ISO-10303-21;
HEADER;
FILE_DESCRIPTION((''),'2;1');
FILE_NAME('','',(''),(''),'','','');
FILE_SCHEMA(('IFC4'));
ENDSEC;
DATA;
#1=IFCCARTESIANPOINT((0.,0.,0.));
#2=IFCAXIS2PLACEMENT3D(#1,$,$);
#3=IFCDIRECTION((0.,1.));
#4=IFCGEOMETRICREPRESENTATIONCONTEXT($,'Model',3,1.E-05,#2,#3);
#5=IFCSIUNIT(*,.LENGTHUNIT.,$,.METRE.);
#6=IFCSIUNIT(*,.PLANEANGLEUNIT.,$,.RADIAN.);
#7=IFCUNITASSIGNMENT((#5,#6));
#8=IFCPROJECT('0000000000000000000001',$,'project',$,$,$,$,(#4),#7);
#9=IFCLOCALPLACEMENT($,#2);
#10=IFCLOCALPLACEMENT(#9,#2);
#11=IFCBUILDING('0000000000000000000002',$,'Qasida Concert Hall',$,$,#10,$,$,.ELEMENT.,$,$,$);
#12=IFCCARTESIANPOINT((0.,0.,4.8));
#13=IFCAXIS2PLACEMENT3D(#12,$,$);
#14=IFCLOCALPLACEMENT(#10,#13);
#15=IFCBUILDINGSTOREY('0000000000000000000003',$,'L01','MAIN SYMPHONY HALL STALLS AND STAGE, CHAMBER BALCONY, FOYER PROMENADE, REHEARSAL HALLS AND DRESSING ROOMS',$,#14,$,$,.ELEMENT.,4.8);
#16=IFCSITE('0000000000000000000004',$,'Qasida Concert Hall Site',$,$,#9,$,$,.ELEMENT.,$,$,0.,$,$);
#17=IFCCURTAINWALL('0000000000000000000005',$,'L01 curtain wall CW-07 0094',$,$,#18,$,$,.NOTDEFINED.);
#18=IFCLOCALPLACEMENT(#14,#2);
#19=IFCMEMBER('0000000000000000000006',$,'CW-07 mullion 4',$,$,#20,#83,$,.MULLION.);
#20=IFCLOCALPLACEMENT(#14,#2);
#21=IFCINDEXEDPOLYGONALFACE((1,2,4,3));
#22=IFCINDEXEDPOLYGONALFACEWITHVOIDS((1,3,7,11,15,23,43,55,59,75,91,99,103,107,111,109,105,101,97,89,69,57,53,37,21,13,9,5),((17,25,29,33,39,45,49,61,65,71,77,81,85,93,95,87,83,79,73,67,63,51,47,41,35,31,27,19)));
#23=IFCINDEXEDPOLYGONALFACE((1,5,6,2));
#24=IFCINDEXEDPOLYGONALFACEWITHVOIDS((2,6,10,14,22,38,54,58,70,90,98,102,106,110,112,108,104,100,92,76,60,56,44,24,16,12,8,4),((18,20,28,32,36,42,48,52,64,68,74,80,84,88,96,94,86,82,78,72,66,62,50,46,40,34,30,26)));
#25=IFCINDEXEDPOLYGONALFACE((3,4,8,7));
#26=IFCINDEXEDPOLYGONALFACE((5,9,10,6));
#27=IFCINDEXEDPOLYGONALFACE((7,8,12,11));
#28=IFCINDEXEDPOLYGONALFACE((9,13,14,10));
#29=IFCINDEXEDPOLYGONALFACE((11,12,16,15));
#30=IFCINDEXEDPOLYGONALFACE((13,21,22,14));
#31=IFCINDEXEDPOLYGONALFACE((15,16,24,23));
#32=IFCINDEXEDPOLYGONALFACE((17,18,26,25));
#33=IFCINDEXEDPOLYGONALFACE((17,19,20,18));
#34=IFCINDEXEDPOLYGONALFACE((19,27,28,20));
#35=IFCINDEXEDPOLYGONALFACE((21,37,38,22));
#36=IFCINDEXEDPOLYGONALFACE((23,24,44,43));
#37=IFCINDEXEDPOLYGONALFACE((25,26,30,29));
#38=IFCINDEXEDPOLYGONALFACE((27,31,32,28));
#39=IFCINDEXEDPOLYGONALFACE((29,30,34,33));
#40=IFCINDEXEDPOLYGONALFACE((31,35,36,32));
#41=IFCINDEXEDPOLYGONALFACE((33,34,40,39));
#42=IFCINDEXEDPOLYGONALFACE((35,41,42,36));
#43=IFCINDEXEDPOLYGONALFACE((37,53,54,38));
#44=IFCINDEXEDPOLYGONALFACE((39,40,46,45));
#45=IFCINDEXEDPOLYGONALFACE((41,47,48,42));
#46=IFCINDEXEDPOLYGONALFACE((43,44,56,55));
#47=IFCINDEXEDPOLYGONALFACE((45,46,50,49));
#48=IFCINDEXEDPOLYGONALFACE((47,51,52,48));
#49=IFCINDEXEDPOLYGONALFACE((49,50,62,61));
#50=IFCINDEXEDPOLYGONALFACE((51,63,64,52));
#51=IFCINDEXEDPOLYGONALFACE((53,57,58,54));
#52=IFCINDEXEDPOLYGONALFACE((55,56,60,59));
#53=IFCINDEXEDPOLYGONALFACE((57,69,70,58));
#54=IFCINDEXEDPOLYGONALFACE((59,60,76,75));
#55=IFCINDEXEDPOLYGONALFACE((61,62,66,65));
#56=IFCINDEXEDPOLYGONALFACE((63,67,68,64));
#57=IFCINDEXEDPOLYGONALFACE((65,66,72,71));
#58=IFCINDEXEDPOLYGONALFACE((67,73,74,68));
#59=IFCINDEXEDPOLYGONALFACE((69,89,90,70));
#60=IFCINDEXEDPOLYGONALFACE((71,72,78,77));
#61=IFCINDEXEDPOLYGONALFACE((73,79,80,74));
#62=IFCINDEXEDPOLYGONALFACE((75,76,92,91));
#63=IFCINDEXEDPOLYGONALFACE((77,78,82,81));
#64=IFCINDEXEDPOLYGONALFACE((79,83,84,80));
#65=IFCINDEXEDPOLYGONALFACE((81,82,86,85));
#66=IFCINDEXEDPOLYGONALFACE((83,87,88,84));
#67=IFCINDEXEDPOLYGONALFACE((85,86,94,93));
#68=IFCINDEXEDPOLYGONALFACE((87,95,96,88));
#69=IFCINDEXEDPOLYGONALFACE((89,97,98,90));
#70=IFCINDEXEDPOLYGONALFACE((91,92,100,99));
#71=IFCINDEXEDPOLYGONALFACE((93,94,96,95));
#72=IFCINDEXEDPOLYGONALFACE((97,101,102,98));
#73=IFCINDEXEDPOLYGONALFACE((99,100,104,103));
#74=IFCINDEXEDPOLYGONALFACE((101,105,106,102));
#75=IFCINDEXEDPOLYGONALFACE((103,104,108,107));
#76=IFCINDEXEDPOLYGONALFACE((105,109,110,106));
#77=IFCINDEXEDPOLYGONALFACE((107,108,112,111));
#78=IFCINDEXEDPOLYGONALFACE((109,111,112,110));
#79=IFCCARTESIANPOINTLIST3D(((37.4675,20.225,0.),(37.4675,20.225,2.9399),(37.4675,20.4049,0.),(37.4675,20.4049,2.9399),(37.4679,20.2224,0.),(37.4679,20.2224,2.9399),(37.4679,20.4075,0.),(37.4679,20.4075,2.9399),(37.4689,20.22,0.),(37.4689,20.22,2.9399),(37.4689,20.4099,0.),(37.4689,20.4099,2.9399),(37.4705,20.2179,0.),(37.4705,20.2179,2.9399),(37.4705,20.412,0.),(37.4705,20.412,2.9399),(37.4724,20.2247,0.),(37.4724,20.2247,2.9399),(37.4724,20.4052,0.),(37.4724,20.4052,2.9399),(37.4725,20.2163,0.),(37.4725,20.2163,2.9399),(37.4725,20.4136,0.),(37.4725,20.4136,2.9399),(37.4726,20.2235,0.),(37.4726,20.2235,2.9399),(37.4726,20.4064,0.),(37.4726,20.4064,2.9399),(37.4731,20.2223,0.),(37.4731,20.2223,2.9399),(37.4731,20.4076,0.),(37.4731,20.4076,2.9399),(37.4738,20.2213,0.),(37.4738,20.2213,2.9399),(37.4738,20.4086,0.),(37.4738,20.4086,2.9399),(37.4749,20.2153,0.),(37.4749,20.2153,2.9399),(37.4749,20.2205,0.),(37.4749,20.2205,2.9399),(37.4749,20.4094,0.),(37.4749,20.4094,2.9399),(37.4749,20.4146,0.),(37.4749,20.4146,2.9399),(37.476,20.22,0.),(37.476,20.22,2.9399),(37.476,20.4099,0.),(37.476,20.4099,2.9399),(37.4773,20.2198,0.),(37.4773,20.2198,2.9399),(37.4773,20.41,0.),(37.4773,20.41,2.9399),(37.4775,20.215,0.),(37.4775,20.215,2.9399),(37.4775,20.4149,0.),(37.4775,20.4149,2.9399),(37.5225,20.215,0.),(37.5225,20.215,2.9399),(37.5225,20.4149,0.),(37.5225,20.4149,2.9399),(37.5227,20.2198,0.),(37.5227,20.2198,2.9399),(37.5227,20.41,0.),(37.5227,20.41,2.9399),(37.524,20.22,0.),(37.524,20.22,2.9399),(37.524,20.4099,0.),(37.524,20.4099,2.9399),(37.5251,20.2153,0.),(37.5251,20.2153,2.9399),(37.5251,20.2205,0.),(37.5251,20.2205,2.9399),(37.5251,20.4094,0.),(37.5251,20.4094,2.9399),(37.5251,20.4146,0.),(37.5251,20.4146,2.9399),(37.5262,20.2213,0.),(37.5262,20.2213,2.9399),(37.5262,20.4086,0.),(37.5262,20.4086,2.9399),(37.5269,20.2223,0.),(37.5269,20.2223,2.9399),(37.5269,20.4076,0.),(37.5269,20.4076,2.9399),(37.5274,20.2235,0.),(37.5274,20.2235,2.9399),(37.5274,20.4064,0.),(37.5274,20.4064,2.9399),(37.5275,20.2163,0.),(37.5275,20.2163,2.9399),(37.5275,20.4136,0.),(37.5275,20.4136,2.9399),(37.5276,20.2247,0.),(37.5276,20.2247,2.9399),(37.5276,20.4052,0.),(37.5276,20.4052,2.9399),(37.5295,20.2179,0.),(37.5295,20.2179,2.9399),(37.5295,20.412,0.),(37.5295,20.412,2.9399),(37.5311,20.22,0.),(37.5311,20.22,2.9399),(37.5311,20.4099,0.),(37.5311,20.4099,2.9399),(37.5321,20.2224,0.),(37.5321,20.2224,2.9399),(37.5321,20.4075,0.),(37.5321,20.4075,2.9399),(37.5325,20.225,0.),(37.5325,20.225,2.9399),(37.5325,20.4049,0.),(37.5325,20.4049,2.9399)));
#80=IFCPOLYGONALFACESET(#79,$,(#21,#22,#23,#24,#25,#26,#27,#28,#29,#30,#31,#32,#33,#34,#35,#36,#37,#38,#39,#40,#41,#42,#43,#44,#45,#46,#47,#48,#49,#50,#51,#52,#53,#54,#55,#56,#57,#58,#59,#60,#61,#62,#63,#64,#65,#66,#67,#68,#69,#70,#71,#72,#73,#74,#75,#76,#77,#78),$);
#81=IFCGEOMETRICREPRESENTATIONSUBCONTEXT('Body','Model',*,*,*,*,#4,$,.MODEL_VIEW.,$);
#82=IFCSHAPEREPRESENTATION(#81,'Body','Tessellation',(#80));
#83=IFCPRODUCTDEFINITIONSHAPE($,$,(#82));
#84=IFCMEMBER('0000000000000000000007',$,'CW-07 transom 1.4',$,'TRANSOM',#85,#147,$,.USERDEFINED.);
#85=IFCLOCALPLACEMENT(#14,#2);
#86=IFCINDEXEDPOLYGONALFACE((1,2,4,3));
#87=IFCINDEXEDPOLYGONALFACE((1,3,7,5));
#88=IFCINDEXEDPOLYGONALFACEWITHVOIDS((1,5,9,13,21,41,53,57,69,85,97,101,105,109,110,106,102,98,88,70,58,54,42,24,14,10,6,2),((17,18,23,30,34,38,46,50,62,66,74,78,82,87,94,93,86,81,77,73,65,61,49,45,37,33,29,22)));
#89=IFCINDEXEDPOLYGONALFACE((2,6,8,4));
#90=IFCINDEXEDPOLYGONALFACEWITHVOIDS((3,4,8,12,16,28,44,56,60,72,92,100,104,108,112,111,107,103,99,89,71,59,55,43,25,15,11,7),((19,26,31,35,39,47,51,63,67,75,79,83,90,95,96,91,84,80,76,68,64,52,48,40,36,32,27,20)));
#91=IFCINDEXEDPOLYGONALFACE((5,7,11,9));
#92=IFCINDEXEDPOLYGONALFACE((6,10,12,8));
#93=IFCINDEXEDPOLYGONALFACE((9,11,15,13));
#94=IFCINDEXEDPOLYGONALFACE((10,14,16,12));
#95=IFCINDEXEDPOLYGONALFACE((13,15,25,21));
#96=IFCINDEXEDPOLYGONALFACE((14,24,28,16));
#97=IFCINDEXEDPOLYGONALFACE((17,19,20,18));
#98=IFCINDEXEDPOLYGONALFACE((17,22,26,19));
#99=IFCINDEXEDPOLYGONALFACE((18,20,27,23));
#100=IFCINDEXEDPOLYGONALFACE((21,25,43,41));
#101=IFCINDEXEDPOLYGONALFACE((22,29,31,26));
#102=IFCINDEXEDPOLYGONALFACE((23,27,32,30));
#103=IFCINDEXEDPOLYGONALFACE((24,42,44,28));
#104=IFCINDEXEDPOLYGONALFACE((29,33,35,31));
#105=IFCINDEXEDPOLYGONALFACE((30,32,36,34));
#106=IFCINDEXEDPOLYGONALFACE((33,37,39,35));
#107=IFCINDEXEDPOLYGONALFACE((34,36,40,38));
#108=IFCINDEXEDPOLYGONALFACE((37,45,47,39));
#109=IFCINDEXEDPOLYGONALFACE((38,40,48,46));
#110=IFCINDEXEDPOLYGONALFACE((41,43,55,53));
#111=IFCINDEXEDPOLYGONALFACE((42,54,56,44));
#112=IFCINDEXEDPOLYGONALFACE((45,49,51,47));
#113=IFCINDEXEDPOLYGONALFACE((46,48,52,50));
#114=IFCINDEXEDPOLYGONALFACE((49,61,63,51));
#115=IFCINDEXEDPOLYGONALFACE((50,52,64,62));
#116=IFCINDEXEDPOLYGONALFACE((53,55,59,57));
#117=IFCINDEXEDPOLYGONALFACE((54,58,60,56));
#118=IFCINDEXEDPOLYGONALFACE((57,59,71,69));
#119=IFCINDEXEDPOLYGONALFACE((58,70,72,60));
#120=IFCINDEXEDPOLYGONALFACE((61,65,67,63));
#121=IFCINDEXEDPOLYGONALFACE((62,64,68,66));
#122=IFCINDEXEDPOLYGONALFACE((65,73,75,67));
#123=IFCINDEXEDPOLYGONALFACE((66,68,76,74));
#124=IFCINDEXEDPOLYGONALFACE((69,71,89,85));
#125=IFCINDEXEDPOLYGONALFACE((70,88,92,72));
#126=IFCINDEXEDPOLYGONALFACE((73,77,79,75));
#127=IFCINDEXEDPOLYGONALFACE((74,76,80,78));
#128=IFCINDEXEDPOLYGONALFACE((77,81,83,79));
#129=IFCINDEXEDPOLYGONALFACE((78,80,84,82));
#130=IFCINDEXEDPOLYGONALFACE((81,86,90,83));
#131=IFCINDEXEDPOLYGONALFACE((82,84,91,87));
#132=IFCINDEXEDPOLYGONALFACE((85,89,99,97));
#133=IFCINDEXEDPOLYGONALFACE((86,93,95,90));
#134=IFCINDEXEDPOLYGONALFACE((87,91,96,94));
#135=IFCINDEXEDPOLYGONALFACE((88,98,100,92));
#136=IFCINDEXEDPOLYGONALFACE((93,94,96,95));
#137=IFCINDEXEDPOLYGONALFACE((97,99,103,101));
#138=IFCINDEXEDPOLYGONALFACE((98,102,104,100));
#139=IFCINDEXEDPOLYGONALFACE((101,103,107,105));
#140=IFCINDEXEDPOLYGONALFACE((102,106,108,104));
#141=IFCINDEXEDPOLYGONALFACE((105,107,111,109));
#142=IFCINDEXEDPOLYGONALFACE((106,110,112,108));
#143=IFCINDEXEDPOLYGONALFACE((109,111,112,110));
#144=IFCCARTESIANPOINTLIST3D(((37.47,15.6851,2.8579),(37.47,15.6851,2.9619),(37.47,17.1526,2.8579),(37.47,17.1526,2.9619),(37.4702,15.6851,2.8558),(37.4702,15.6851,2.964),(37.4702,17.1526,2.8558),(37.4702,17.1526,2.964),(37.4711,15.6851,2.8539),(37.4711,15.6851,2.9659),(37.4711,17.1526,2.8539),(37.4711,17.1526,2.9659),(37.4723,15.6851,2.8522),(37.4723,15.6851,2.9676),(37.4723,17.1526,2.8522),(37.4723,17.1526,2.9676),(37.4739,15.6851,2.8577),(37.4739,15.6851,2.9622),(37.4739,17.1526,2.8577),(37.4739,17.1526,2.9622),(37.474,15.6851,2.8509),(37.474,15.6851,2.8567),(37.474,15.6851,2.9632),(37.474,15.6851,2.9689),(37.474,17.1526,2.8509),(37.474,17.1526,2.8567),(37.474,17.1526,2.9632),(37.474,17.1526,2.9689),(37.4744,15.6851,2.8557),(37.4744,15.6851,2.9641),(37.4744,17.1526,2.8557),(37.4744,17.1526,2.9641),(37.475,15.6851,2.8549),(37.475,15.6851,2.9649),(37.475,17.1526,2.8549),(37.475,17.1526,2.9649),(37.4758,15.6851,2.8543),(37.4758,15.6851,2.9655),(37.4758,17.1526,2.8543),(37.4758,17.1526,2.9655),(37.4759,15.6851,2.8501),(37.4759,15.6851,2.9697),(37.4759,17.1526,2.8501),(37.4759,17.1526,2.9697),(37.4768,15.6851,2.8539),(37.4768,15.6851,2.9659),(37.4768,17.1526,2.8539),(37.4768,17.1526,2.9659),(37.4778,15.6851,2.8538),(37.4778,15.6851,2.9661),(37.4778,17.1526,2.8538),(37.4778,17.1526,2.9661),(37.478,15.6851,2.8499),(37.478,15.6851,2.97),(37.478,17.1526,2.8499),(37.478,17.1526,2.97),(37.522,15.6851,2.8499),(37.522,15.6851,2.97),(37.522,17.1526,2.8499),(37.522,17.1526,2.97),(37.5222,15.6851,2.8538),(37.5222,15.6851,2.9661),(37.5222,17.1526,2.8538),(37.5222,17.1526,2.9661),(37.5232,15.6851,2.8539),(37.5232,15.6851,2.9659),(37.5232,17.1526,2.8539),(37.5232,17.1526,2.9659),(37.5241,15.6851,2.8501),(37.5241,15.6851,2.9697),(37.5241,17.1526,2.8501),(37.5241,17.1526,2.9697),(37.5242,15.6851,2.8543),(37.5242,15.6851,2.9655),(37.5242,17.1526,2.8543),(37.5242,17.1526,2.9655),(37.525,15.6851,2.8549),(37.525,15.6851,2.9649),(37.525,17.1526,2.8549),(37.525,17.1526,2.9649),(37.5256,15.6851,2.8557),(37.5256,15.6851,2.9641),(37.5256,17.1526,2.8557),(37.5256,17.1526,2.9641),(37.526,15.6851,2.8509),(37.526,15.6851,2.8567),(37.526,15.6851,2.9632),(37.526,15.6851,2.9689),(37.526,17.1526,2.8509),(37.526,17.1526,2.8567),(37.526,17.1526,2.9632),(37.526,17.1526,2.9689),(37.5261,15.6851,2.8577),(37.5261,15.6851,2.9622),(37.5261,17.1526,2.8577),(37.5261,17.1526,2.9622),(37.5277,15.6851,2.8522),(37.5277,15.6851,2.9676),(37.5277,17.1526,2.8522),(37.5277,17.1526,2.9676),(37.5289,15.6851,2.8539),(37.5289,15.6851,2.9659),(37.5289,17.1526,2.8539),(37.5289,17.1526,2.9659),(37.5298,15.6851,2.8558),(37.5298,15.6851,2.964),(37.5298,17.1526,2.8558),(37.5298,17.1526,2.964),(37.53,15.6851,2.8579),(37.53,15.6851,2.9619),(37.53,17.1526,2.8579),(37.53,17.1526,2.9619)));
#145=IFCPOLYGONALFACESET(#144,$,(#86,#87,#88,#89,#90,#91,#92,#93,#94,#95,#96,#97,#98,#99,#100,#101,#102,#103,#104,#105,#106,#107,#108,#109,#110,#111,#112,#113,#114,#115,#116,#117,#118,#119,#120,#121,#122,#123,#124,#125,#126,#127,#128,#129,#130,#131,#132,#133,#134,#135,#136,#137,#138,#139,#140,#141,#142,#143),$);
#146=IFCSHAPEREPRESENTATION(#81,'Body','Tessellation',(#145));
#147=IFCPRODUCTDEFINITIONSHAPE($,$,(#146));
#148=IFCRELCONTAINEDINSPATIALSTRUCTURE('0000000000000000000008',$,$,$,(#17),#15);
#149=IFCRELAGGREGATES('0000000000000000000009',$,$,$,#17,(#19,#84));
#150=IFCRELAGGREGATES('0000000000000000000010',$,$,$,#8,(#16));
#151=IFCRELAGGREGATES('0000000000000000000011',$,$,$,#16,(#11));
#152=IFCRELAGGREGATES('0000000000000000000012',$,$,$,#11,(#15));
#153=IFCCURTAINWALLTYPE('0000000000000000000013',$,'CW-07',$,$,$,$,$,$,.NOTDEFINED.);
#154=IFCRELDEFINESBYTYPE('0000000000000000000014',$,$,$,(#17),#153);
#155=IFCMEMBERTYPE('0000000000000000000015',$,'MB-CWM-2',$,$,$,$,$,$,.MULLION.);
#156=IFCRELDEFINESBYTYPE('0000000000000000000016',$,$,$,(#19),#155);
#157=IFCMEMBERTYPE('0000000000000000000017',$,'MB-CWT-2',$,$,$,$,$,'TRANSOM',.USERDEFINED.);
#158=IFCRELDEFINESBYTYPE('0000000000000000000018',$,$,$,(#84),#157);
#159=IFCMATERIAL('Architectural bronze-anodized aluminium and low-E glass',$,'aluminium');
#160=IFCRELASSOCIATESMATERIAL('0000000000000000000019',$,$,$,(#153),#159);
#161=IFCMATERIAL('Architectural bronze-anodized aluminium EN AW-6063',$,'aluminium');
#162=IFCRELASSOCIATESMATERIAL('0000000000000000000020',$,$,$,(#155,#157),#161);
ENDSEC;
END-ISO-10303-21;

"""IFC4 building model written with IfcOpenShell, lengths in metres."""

from ifc_helpers import new_model, si_unit, direction, frame, origin, origin_2d, place, context, subcontext, project, spatial, hollow_rectangle, extrude, material, material_profile, profile_set, type_object, element, aggregate, save


model = new_model("IFC4")

# Units and contexts
model_context = context("Model", 3, precision=1e-05, world=origin(), true_north=direction((0.0, 1.0)))
body_context = subcontext(model_context, "Body", "Model", "MODEL_VIEW")
ifc_project = project(units=[si_unit("LENGTHUNIT", "METRE"), si_unit("PLANEANGLEUNIT", "RADIAN")], contexts=[model_context])

# Site, building, storey
site_placement = place(None, origin())
site = spatial("IfcSite", under=ifc_project, at=site_placement, Name="Qasida Concert Hall Site", CompositionType="ELEMENT", RefElevation=0.0)
building_placement = place(site_placement, origin())
building = spatial("IfcBuilding", under=site, at=building_placement, Name="Qasida Concert Hall", CompositionType="ELEMENT")
storey_placement = place(building_placement, frame((0.0, 0.0, 4.8)))
storey = spatial("IfcBuildingStorey", under=building, at=storey_placement, Name="L01", Description="MAIN SYMPHONY HALL STALLS AND STAGE, CHAMBER BALCONY, FOYER PROMENADE, REHEARSAL HALLS AND DRESSING ROOMS", CompositionType="ELEMENT", Elevation=4.8)

# Curtain wall, members
ifc_material_1 = material(Name="Architectural bronze-anodized aluminium and low-E glass", Category="aluminium")
curtain_wall_type = type_object("IfcCurtainWallType", Name="CW-07", PredefinedType="NOTDEFINED", material=ifc_material_1)
curtain_wall_placement = place(storey_placement, origin())
curtain_wall = element("IfcCurtainWall", 1, at=curtain_wall_placement, inside=storey, type_object=curtain_wall_type, Name="L01 curtain wall CW-07 0094", PredefinedType="NOTDEFINED")
ifc_material_2 = material(Name="Architectural bronze-anodized aluminium EN AW-6063", Category="aluminium")
ifc_material_profile_1 = material_profile(ifc_material_2, hollow_rectangle(XDim=0.0649, YDim=0.2, WallThickness=0.0049, InnerFilletRadius=0.0049, OuterFilletRadius=0.01, at=origin_2d()), Name="CWM 200x65x5")
ifc_profile_set_1 = profile_set([ifc_material_profile_1], Name="Architectural bronze-anodized aluminium EN AW-6063")
member_type_1 = type_object("IfcMemberType", Name="MB-CWM-2", PredefinedType="MULLION", material=ifc_profile_set_1)
member_1_placement = place(storey_placement, frame((37.5, 20.3149, 0.0), z_axis=(0.0, 0.0, 1.0), x_axis=(-1.0, 0.0, 0.0)))
member_1 = element("IfcMember", 2, at=member_1_placement, type_object=member_type_1, Name="CW-07 mullion 4", PredefinedType="MULLION", context=body_context, shape_type="SweptSolid", body=[
    extrude(hollow_rectangle(XDim=0.0649, YDim=0.2, WallThickness=0.0049, InnerFilletRadius=0.0049, OuterFilletRadius=0.01, at=origin_2d()), origin(), (0.0, 0.0, 1.0), 2.9399),
])
ifc_material_profile_2 = material_profile(ifc_material_2, hollow_rectangle(XDim=0.0601, YDim=0.1201, WallThickness=0.0039, InnerFilletRadius=0.0039, OuterFilletRadius=0.0081, at=origin_2d()), Name="CWT 120x60x4")
ifc_profile_set_2 = profile_set([ifc_material_profile_2], Name="Architectural bronze-anodized aluminium EN AW-6063")
member_type_2 = type_object("IfcMemberType", Name="MB-CWT-2", ElementType="TRANSOM", PredefinedType="USERDEFINED", material=ifc_profile_set_2)
member_2_placement = place(storey_placement, frame((37.5, 15.6851, 2.9099), z_axis=(0.0, 1.0, 0.0), x_axis=(-1.0, 0.0, 0.0)))
member_2 = element("IfcMember", 3, at=member_2_placement, type_object=member_type_2, Name="CW-07 transom 1.4", ObjectType="TRANSOM", PredefinedType="USERDEFINED", context=body_context, shape_type="SweptSolid", body=[
    extrude(hollow_rectangle(XDim=0.0601, YDim=0.1201, WallThickness=0.0039, InnerFilletRadius=0.0039, OuterFilletRadius=0.0081, at=origin_2d()), origin(), (0.0, 0.0, 1.0), 1.4675),
])
aggregate(curtain_wall, [member_1, member_2])

save(model, "model.ifc")
